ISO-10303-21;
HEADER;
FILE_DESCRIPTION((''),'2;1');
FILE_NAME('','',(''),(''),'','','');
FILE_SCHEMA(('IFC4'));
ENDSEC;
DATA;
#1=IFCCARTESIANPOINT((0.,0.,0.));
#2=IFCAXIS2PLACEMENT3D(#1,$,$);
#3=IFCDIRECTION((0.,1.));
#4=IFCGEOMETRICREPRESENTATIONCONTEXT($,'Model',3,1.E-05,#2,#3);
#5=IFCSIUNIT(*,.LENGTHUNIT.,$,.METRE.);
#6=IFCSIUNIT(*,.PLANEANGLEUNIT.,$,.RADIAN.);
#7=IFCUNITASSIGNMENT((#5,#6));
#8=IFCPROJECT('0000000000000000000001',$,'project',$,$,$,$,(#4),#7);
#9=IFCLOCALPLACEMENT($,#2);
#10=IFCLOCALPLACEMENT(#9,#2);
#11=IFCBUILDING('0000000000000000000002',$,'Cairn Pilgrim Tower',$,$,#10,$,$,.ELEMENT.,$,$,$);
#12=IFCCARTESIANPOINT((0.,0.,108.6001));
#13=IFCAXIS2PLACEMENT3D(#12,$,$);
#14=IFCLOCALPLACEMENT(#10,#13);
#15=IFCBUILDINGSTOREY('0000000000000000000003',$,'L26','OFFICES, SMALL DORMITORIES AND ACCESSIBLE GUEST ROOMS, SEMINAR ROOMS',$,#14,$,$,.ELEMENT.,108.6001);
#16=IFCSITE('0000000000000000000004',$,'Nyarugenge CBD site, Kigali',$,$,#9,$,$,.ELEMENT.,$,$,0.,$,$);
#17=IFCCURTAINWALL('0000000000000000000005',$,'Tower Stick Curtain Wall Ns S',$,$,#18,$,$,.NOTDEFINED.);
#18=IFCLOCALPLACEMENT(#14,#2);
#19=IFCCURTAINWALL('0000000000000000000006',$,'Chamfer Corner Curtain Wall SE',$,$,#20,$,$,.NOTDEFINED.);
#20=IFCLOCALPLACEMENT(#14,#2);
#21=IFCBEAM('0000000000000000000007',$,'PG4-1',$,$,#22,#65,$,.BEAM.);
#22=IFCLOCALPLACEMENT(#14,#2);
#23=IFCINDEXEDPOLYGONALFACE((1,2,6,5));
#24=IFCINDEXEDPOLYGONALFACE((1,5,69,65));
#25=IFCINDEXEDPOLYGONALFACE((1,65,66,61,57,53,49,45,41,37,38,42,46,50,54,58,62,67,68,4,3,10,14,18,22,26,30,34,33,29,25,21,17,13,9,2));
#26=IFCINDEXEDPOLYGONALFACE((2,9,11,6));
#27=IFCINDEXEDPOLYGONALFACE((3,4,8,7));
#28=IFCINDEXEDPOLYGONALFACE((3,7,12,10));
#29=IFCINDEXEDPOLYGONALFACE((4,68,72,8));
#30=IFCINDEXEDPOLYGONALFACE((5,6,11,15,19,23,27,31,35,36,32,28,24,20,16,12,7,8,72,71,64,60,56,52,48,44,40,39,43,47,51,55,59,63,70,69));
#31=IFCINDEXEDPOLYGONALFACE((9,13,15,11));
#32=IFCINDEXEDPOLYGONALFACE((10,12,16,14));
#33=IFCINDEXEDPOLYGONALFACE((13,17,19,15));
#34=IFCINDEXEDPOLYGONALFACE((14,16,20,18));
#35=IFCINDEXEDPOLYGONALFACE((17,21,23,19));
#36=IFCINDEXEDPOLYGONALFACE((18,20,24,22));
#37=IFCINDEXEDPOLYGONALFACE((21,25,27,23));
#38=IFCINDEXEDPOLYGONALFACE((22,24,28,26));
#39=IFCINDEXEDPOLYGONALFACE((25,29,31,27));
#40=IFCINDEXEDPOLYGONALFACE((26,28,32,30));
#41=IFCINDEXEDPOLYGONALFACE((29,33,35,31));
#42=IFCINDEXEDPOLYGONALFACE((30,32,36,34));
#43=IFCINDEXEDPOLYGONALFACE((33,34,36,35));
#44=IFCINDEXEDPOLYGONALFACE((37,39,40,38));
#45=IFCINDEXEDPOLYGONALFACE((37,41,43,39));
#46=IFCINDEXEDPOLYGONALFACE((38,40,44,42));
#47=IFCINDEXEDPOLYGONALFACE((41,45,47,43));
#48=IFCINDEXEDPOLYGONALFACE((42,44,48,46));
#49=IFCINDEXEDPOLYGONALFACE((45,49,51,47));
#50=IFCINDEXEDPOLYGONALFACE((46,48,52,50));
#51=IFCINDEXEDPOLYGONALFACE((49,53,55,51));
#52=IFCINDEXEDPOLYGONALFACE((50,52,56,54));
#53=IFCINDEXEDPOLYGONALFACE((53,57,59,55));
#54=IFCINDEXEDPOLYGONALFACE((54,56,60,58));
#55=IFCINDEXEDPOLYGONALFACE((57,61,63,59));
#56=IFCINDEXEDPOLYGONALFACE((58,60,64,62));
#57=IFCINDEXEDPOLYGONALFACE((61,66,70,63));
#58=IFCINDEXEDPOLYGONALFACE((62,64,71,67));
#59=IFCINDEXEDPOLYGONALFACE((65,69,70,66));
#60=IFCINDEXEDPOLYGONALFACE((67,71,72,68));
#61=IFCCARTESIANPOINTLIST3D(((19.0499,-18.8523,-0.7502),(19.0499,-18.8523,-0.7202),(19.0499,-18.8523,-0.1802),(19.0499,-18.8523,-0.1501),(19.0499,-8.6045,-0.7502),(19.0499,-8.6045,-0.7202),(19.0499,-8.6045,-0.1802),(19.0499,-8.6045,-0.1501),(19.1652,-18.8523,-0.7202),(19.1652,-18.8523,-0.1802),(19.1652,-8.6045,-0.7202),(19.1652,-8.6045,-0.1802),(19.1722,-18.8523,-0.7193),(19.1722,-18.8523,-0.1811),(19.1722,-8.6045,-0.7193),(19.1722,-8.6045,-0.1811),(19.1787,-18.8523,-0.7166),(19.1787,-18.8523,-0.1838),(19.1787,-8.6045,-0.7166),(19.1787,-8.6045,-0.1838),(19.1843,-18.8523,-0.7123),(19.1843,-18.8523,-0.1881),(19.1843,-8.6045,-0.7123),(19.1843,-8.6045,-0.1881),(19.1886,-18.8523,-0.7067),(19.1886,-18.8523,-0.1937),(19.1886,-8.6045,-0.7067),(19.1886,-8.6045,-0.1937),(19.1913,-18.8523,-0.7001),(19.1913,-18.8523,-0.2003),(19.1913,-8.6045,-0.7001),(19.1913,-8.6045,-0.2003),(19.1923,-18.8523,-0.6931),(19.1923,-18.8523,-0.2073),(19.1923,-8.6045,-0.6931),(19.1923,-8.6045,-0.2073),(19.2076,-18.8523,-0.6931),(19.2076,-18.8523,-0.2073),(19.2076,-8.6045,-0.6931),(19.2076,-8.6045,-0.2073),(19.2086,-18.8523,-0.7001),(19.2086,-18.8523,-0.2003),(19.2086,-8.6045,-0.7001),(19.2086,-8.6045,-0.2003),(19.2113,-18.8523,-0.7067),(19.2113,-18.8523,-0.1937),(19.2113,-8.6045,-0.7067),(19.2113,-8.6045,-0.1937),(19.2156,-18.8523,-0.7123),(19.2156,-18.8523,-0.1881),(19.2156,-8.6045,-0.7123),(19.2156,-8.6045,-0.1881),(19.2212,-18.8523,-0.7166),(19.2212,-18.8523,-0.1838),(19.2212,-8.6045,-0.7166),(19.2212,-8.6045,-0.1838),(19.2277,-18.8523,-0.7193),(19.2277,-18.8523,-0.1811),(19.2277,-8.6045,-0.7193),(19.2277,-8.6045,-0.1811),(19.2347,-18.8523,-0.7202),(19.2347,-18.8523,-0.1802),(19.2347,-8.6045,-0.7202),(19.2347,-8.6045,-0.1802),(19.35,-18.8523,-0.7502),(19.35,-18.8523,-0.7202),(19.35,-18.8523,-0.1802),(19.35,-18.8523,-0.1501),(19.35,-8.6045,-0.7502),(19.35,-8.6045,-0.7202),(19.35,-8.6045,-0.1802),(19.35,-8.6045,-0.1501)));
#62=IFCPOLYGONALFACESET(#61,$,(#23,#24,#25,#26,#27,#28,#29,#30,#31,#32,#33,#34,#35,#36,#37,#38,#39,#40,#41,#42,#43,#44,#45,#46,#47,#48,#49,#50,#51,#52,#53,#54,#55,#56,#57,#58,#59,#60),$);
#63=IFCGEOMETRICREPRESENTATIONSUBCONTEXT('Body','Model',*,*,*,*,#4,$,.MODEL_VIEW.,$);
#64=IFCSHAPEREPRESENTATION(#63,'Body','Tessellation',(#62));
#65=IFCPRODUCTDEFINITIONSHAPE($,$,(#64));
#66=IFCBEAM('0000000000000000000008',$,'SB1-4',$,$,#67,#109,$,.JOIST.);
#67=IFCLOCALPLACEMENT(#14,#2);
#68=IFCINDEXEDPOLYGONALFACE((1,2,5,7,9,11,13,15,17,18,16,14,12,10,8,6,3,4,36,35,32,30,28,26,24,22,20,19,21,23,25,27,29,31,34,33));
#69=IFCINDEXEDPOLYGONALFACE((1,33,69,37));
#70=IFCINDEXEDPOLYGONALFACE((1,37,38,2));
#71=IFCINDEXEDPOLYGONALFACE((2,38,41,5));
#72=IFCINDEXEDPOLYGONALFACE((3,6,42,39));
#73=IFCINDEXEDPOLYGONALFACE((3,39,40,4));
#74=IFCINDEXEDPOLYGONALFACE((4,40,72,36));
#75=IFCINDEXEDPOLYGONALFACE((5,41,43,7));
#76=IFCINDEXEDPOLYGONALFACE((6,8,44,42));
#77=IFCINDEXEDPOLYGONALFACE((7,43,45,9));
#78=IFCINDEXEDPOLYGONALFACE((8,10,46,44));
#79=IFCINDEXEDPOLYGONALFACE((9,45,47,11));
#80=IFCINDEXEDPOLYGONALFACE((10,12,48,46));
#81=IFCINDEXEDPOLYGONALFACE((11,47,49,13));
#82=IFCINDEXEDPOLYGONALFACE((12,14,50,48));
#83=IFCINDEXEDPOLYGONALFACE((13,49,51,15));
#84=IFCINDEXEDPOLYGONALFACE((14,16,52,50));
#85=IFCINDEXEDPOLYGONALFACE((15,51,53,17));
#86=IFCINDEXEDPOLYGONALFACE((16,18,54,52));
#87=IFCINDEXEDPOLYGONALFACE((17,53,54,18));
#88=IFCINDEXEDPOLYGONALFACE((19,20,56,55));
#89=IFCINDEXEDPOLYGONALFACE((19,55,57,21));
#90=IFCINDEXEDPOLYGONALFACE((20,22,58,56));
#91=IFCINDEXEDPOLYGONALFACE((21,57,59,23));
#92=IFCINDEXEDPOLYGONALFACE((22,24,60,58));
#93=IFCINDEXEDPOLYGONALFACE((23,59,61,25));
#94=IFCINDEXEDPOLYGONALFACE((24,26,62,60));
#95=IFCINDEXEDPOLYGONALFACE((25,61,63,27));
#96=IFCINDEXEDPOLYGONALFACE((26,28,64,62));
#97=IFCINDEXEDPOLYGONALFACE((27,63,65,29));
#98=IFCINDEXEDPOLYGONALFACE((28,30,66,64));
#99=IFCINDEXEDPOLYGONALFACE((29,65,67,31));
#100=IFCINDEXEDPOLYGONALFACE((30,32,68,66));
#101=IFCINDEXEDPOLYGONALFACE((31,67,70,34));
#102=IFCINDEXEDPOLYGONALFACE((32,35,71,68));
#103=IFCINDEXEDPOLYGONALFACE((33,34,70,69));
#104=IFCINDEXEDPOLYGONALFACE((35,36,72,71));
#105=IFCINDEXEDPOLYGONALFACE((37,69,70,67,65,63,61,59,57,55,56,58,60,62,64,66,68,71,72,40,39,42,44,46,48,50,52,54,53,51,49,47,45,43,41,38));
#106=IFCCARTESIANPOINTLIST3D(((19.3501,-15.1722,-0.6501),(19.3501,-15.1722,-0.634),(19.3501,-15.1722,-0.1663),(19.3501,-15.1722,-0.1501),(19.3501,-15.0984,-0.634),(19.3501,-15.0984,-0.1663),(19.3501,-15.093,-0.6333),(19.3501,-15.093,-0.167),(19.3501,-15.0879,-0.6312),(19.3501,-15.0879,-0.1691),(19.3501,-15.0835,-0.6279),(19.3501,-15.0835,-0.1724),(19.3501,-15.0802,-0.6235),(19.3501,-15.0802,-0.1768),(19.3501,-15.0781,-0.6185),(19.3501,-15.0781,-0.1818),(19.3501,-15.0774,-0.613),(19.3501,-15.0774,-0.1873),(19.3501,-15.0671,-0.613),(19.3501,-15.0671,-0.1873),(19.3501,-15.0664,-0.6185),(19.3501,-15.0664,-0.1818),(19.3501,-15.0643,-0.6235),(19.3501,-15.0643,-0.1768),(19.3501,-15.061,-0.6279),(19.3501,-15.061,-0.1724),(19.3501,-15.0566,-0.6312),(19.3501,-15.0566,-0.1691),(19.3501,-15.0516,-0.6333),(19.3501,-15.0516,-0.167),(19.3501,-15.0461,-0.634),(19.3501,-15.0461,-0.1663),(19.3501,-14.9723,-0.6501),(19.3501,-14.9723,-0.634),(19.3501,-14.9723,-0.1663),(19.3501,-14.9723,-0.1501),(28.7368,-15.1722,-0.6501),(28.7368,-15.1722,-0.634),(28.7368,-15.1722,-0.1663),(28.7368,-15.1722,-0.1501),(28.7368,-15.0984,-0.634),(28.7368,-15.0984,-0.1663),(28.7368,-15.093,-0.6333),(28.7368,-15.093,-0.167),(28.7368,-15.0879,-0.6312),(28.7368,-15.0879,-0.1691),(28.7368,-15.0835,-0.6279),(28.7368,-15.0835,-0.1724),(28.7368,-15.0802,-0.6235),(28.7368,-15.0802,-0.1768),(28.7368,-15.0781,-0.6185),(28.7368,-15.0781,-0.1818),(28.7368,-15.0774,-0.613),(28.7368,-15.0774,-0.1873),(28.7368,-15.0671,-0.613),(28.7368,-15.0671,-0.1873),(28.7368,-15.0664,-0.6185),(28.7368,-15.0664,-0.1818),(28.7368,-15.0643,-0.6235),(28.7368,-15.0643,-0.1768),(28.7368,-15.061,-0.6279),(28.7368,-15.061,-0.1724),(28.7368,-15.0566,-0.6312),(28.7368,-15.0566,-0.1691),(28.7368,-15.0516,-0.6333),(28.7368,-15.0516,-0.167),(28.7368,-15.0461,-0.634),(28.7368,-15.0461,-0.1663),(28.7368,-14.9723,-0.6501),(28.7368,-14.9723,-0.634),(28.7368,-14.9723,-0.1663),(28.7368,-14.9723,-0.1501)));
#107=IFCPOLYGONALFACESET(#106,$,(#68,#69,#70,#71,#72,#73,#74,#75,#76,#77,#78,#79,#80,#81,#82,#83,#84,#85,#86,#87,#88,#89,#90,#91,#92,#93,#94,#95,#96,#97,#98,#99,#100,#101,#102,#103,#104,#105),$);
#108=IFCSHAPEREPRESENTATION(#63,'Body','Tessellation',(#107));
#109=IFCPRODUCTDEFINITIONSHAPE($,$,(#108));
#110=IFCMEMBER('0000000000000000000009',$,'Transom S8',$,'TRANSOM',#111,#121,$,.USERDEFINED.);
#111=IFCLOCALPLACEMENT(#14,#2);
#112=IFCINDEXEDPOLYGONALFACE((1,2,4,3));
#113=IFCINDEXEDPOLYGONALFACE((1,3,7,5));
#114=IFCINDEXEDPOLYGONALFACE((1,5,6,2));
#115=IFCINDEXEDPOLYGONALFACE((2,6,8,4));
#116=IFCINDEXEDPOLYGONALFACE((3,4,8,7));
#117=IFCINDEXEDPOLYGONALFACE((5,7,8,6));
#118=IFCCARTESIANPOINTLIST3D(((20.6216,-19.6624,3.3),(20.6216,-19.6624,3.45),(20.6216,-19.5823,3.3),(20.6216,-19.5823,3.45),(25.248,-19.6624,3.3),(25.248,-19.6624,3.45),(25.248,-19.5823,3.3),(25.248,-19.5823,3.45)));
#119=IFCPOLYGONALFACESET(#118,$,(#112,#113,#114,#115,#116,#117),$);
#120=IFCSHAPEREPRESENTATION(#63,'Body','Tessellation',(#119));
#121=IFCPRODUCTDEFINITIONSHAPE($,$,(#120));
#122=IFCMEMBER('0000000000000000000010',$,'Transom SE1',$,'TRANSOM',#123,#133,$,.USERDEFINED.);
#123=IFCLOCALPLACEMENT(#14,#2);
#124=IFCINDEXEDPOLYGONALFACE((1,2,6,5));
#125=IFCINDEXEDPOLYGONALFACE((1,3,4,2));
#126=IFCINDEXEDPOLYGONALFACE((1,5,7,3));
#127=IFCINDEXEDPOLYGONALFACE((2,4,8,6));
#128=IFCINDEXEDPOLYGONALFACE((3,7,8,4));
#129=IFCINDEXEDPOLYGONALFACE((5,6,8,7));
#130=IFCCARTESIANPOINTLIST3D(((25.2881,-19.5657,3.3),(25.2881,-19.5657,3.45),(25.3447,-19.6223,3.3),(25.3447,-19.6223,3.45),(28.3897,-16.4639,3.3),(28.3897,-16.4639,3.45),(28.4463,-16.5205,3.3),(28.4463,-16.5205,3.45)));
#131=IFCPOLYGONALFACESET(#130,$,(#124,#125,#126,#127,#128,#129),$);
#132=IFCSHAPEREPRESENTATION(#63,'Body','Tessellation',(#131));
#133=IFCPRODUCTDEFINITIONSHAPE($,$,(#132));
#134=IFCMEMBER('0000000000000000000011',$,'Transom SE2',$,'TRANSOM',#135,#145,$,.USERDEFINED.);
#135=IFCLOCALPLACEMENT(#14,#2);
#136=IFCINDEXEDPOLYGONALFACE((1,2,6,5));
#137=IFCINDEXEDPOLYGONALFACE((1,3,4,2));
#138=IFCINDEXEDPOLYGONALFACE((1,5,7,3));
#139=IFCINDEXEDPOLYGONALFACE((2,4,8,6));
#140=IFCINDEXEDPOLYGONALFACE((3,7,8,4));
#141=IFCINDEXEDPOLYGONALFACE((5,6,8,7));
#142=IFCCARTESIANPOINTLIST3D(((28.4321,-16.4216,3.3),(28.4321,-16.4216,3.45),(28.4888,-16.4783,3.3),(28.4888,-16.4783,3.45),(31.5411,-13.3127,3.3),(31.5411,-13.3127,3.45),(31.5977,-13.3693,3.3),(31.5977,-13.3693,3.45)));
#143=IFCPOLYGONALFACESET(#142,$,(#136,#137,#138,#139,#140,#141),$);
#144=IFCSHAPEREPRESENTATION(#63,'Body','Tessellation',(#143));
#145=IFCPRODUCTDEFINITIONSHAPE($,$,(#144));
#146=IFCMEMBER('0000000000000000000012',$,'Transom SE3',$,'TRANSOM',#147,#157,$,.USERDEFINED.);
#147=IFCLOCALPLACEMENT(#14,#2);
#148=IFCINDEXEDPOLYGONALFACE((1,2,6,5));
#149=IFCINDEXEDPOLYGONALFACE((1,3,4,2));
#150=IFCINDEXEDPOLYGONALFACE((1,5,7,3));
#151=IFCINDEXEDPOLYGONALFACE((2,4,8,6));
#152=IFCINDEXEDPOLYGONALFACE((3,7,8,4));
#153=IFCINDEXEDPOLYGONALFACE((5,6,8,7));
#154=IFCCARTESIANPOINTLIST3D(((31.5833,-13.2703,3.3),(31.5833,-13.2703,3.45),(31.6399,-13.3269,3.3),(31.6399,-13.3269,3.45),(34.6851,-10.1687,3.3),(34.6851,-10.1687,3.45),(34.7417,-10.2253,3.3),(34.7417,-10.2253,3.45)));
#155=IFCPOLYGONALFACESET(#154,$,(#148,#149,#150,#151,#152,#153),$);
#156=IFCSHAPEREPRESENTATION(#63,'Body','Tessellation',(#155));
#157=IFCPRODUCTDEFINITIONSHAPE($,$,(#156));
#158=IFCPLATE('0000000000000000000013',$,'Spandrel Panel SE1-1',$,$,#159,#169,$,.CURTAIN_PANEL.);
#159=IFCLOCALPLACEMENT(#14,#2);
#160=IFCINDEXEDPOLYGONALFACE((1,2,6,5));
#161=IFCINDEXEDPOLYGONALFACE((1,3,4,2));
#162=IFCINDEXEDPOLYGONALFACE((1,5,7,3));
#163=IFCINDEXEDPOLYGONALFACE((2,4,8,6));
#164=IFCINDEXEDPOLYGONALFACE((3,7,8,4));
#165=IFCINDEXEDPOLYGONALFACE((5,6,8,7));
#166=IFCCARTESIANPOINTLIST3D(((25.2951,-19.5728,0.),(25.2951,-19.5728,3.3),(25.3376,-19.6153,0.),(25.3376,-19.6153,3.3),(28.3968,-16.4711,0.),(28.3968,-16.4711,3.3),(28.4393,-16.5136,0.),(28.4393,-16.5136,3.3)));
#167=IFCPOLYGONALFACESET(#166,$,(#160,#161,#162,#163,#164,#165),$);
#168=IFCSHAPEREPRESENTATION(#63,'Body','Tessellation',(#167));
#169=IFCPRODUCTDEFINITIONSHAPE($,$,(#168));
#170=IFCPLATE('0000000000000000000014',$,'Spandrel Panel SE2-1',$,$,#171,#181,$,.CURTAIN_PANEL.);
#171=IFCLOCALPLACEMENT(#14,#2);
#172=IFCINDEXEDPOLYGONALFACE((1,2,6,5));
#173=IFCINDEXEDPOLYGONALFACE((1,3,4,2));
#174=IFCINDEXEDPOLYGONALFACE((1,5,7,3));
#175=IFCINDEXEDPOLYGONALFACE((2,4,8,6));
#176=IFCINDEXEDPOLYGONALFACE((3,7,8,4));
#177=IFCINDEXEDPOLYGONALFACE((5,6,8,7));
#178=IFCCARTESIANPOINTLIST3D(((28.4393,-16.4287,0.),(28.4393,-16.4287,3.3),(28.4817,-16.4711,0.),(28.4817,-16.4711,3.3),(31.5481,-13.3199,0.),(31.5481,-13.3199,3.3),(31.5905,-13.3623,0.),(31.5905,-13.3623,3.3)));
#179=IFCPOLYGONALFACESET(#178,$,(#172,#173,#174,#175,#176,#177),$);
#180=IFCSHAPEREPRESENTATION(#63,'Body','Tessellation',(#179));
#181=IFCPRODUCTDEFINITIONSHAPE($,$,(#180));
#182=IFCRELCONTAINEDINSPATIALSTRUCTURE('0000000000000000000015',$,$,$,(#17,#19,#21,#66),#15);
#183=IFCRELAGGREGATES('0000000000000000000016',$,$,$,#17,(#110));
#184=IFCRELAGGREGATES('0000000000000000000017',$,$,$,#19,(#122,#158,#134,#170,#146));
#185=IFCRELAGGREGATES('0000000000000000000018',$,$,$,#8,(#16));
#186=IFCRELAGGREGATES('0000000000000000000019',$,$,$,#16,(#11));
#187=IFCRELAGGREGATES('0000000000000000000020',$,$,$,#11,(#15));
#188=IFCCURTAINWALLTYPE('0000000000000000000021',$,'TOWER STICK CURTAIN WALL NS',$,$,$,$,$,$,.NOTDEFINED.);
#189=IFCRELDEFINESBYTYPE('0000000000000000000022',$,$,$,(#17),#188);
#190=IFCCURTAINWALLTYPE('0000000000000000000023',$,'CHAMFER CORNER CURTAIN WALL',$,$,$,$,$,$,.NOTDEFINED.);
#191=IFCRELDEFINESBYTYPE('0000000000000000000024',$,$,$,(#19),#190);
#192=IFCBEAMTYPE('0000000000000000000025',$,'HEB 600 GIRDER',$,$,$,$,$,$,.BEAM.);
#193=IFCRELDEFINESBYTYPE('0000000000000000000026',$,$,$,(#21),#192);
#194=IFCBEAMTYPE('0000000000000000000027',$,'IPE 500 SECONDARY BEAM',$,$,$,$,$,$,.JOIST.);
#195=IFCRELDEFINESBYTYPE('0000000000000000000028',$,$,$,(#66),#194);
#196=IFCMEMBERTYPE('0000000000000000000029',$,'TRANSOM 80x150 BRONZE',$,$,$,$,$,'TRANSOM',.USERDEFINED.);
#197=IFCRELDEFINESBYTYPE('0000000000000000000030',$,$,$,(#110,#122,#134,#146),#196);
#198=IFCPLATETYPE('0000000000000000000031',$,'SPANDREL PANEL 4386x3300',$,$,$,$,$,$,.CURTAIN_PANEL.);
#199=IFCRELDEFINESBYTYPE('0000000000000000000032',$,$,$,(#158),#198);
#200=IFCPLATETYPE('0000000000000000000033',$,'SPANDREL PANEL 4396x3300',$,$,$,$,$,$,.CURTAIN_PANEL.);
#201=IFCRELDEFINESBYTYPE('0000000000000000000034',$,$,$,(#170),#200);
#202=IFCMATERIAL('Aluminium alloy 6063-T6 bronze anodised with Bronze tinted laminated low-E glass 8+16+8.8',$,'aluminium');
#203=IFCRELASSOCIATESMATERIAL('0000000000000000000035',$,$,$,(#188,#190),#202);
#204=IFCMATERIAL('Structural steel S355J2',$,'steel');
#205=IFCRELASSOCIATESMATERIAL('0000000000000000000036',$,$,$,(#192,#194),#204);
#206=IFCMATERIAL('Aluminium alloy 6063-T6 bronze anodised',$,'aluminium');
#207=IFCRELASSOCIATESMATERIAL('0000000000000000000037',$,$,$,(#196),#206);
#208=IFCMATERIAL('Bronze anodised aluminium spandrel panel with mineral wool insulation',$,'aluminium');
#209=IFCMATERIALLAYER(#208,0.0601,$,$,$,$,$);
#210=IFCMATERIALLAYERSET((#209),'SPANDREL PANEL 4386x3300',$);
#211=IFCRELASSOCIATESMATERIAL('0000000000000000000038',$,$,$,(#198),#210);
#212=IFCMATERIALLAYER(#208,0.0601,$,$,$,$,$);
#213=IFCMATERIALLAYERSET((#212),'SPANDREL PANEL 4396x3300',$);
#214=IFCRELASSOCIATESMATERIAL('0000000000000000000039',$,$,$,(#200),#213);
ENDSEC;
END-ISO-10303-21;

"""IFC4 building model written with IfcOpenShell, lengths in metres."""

from ifc_helpers import new_model, si_unit, direction, frame, origin, origin_2d, place, context, subcontext, project, spatial, rectangle, i_section, extrude, material, layer, layer_set, material_profile, profile_set, type_object, element, aggregate, save


model = new_model("IFC4")

# Units and contexts
model_context = context("Model", 3, precision=1e-05, world=origin(), true_north=direction((0.0, 1.0)))
body_context = subcontext(model_context, "Body", "Model", "MODEL_VIEW")
ifc_project = project(units=[si_unit("LENGTHUNIT", "METRE"), si_unit("PLANEANGLEUNIT", "RADIAN")], contexts=[model_context])

# Site, building, storey
site_placement = place(None, origin())
site = spatial("IfcSite", under=ifc_project, at=site_placement, Name="Nyarugenge CBD site, Kigali", CompositionType="ELEMENT", RefElevation=0.0)
building_placement = place(site_placement, origin())
building = spatial("IfcBuilding", under=site, at=building_placement, Name="Cairn Pilgrim Tower", CompositionType="ELEMENT")
storey_placement = place(building_placement, frame((0.0, 0.0, 108.6001)))
storey = spatial("IfcBuildingStorey", under=building, at=storey_placement, Name="L26", Description="OFFICES, SMALL DORMITORIES AND ACCESSIBLE GUEST ROOMS, SEMINAR ROOMS", CompositionType="ELEMENT", Elevation=108.6001)

# Shared definitions
ifc_material_1 = material(Name="Structural steel S355J2", Category="steel")

# Curtain wall
ifc_material_2 = material(Name="Aluminium alloy 6063-T6 bronze anodised with Bronze tinted laminated low-E glass 8+16+8.8", Category="aluminium")
curtain_wall_type_1 = type_object("IfcCurtainWallType", Name="TOWER STICK CURTAIN WALL NS", PredefinedType="NOTDEFINED", material=ifc_material_2)
curtain_wall_1_placement = place(storey_placement, origin())
curtain_wall_1 = element("IfcCurtainWall", 1, at=curtain_wall_1_placement, inside=storey, type_object=curtain_wall_type_1, Name="Tower Stick Curtain Wall Ns S", PredefinedType="NOTDEFINED")
ifc_material_3 = material(Name="Aluminium alloy 6063-T6 bronze anodised", Category="aluminium")

# Curtain wall
curtain_wall_type_2 = type_object("IfcCurtainWallType", Name="CHAMFER CORNER CURTAIN WALL", PredefinedType="NOTDEFINED", material=ifc_material_2)
curtain_wall_2_placement = place(storey_placement, origin())
curtain_wall_2 = element("IfcCurtainWall", 2, at=curtain_wall_2_placement, inside=storey, type_object=curtain_wall_type_2, Name="Chamfer Corner Curtain Wall SE", PredefinedType="NOTDEFINED")

# Beams
ifc_material_profile_1 = material_profile(ifc_material_1, i_section(OverallWidth=0.3, OverallDepth=0.6001, WebThickness=0.0154, FlangeThickness=0.03, FilletRadius=0.0271, at=origin_2d()), Name="HEB 600")
ifc_profile_set_1 = profile_set([ifc_material_profile_1], Name="Structural steel S355J2")
beam_type_1 = type_object("IfcBeamType", Name="HEB 600 GIRDER", PredefinedType="BEAM", material=ifc_profile_set_1)
beam_1_placement = place(storey_placement, frame((19.2, -18.8523, -0.4502), z_axis=(0.0, 1.0, 0.0), x_axis=(-1.0, 0.0, 0.0)))
element("IfcBeam", 3, at=beam_1_placement, inside=storey, type_object=beam_type_1, Name="PG4-1", PredefinedType="BEAM", context=body_context, shape_type="SweptSolid", body=[
    extrude(i_section(OverallWidth=0.3, OverallDepth=0.6001, WebThickness=0.0154, FlangeThickness=0.03, FilletRadius=0.0271, at=origin_2d()), origin(), (0.0, 0.0, 1.0), 10.2478),
])
ifc_material_profile_2 = material_profile(ifc_material_1, i_section(OverallWidth=0.2, OverallDepth=0.5, WebThickness=0.0103, FlangeThickness=0.0161, FilletRadius=0.021, at=origin_2d()), Name="IPE 500")
ifc_profile_set_2 = profile_set([ifc_material_profile_2], Name="Structural steel S355J2")
beam_type_2 = type_object("IfcBeamType", Name="IPE 500 SECONDARY BEAM", PredefinedType="JOIST", material=ifc_profile_set_2)
beam_2_placement = place(storey_placement, frame((19.3501, -15.0723, -0.4001), z_axis=(1.0, 0.0, 0.0), x_axis=(0.0, 1.0, 0.0)))
element("IfcBeam", 4, at=beam_2_placement, inside=storey, type_object=beam_type_2, Name="SB1-4", PredefinedType="JOIST", context=body_context, shape_type="SweptSolid", body=[
    extrude(i_section(OverallWidth=0.2, OverallDepth=0.5, WebThickness=0.0103, FlangeThickness=0.0161, FilletRadius=0.021, at=origin_2d()), origin(), (0.0, 0.0, 1.0), 9.3867),
])

# Members
ifc_material_profile_3 = material_profile(ifc_material_3, rectangle(XDim=0.0801, YDim=0.1499, at=origin_2d()), Name="TRANSOM 80x150 BRONZE")
ifc_profile_set_3 = profile_set([ifc_material_profile_3], Name="Aluminium alloy 6063-T6 bronze anodised")
member_type_1 = type_object("IfcMemberType", Name="TRANSOM 80x150 BRONZE", ElementType="TRANSOM", PredefinedType="USERDEFINED", material=ifc_profile_set_3)
member_1_placement = place(storey_placement, frame((20.6216, -19.6223, 3.375), z_axis=(1.0, 0.0, 0.0), x_axis=(0.0, 1.0, 0.0)))
member_1 = element("IfcMember", 5, at=member_1_placement, type_object=member_type_1, Name="Transom S8", ObjectType="TRANSOM", PredefinedType="USERDEFINED", context=body_context, shape_type="SweptSolid", body=[
    extrude(rectangle(XDim=0.0801, YDim=0.1499, at=origin_2d()), origin(), (0.0, 0.0, 1.0), 4.6265),
])
member_2_placement = place(storey_placement, frame((25.3164, -19.594, 3.375), z_axis=(0.707079, 0.707135, 0.0), x_axis=(-0.707135, 0.707079, 0.0)))
member_2 = element("IfcMember", 6, at=member_2_placement, type_object=member_type_1, Name="Transom SE1", ObjectType="TRANSOM", PredefinedType="USERDEFINED", context=body_context, shape_type="SweptSolid", body=[
    extrude(rectangle(XDim=0.0801, YDim=0.1499, at=origin_2d()), origin(), (0.0, 0.0, 1.0), 4.3865),
])
member_3_placement = place(storey_placement, frame((28.4604, -16.45, 3.375), z_axis=(0.707107, 0.707107, 0.0), x_axis=(-0.707107, 0.707107, 0.0)))
member_3 = element("IfcMember", 7, at=member_3_placement, type_object=member_type_1, Name="Transom SE2", ObjectType="TRANSOM", PredefinedType="USERDEFINED", context=body_context, shape_type="SweptSolid", body=[
    extrude(rectangle(XDim=0.0801, YDim=0.1499, at=origin_2d()), origin(), (0.0, 0.0, 1.0), 4.3967),
])
member_4_placement = place(storey_placement, frame((31.6116, -13.2986, 3.375), z_axis=(0.707135, 0.707079, 0.0), x_axis=(-0.707079, 0.707135, 0.0)))
member_4 = element("IfcMember", 8, at=member_4_placement, type_object=member_type_1, Name="Transom SE3", ObjectType="TRANSOM", PredefinedType="USERDEFINED", context=body_context, shape_type="SweptSolid", body=[
    extrude(rectangle(XDim=0.0801, YDim=0.1499, at=origin_2d()), origin(), (0.0, 0.0, 1.0), 4.3865),
])

# Plates
ifc_material_4 = material(Name="Bronze anodised aluminium spandrel panel with mineral wool insulation", Category="aluminium")
ifc_layer_1 = layer(ifc_material_4, 0.0601)
ifc_layer_set_1 = layer_set([ifc_layer_1], Name="SPANDREL PANEL 4386x3300")
plate_type_1 = type_object("IfcPlateType", Name="SPANDREL PANEL 4386x3300", PredefinedType="CURTAIN_PANEL", material=ifc_layer_set_1)
plate_1_placement = place(storey_placement, frame((26.8672, -18.0432, 0.0), z_axis=(0.0, 0.0, 1.0), x_axis=(0.707107, 0.707107, 0.0)))
plate_1 = element("IfcPlate", 9, at=plate_1_placement, type_object=plate_type_1, Name="Spandrel Panel SE1-1", PredefinedType="CURTAIN_PANEL", context=body_context, shape_type="SweptSolid", body=[
    extrude(rectangle(XDim=4.3865, YDim=0.0601, at=origin_2d()), origin(), (0.0, 0.0, 1.0), 3.3),
])
ifc_layer_2 = layer(ifc_material_4, 0.0601)
ifc_layer_set_2 = layer_set([ifc_layer_2], Name="SPANDREL PANEL 4396x3300")
plate_type_2 = type_object("IfcPlateType", Name="SPANDREL PANEL 4396x3300", PredefinedType="CURTAIN_PANEL", material=ifc_layer_set_2)
plate_2_placement = place(storey_placement, frame((30.0149, -14.8955, 0.0), z_axis=(0.0, 0.0, 1.0), x_axis=(0.707107, 0.707107, 0.0)))
plate_2 = element("IfcPlate", 10, at=plate_2_placement, type_object=plate_type_2, Name="Spandrel Panel SE2-1", PredefinedType="CURTAIN_PANEL", context=body_context, shape_type="SweptSolid", body=[
    extrude(rectangle(XDim=4.3965, YDim=0.0601, at=origin_2d()), origin(), (0.0, 0.0, 1.0), 3.3),
])
aggregate(curtain_wall_1, [member_1])
aggregate(curtain_wall_2, [member_2, plate_1, member_3, plate_2, member_4])

save(model, "model.ifc")
